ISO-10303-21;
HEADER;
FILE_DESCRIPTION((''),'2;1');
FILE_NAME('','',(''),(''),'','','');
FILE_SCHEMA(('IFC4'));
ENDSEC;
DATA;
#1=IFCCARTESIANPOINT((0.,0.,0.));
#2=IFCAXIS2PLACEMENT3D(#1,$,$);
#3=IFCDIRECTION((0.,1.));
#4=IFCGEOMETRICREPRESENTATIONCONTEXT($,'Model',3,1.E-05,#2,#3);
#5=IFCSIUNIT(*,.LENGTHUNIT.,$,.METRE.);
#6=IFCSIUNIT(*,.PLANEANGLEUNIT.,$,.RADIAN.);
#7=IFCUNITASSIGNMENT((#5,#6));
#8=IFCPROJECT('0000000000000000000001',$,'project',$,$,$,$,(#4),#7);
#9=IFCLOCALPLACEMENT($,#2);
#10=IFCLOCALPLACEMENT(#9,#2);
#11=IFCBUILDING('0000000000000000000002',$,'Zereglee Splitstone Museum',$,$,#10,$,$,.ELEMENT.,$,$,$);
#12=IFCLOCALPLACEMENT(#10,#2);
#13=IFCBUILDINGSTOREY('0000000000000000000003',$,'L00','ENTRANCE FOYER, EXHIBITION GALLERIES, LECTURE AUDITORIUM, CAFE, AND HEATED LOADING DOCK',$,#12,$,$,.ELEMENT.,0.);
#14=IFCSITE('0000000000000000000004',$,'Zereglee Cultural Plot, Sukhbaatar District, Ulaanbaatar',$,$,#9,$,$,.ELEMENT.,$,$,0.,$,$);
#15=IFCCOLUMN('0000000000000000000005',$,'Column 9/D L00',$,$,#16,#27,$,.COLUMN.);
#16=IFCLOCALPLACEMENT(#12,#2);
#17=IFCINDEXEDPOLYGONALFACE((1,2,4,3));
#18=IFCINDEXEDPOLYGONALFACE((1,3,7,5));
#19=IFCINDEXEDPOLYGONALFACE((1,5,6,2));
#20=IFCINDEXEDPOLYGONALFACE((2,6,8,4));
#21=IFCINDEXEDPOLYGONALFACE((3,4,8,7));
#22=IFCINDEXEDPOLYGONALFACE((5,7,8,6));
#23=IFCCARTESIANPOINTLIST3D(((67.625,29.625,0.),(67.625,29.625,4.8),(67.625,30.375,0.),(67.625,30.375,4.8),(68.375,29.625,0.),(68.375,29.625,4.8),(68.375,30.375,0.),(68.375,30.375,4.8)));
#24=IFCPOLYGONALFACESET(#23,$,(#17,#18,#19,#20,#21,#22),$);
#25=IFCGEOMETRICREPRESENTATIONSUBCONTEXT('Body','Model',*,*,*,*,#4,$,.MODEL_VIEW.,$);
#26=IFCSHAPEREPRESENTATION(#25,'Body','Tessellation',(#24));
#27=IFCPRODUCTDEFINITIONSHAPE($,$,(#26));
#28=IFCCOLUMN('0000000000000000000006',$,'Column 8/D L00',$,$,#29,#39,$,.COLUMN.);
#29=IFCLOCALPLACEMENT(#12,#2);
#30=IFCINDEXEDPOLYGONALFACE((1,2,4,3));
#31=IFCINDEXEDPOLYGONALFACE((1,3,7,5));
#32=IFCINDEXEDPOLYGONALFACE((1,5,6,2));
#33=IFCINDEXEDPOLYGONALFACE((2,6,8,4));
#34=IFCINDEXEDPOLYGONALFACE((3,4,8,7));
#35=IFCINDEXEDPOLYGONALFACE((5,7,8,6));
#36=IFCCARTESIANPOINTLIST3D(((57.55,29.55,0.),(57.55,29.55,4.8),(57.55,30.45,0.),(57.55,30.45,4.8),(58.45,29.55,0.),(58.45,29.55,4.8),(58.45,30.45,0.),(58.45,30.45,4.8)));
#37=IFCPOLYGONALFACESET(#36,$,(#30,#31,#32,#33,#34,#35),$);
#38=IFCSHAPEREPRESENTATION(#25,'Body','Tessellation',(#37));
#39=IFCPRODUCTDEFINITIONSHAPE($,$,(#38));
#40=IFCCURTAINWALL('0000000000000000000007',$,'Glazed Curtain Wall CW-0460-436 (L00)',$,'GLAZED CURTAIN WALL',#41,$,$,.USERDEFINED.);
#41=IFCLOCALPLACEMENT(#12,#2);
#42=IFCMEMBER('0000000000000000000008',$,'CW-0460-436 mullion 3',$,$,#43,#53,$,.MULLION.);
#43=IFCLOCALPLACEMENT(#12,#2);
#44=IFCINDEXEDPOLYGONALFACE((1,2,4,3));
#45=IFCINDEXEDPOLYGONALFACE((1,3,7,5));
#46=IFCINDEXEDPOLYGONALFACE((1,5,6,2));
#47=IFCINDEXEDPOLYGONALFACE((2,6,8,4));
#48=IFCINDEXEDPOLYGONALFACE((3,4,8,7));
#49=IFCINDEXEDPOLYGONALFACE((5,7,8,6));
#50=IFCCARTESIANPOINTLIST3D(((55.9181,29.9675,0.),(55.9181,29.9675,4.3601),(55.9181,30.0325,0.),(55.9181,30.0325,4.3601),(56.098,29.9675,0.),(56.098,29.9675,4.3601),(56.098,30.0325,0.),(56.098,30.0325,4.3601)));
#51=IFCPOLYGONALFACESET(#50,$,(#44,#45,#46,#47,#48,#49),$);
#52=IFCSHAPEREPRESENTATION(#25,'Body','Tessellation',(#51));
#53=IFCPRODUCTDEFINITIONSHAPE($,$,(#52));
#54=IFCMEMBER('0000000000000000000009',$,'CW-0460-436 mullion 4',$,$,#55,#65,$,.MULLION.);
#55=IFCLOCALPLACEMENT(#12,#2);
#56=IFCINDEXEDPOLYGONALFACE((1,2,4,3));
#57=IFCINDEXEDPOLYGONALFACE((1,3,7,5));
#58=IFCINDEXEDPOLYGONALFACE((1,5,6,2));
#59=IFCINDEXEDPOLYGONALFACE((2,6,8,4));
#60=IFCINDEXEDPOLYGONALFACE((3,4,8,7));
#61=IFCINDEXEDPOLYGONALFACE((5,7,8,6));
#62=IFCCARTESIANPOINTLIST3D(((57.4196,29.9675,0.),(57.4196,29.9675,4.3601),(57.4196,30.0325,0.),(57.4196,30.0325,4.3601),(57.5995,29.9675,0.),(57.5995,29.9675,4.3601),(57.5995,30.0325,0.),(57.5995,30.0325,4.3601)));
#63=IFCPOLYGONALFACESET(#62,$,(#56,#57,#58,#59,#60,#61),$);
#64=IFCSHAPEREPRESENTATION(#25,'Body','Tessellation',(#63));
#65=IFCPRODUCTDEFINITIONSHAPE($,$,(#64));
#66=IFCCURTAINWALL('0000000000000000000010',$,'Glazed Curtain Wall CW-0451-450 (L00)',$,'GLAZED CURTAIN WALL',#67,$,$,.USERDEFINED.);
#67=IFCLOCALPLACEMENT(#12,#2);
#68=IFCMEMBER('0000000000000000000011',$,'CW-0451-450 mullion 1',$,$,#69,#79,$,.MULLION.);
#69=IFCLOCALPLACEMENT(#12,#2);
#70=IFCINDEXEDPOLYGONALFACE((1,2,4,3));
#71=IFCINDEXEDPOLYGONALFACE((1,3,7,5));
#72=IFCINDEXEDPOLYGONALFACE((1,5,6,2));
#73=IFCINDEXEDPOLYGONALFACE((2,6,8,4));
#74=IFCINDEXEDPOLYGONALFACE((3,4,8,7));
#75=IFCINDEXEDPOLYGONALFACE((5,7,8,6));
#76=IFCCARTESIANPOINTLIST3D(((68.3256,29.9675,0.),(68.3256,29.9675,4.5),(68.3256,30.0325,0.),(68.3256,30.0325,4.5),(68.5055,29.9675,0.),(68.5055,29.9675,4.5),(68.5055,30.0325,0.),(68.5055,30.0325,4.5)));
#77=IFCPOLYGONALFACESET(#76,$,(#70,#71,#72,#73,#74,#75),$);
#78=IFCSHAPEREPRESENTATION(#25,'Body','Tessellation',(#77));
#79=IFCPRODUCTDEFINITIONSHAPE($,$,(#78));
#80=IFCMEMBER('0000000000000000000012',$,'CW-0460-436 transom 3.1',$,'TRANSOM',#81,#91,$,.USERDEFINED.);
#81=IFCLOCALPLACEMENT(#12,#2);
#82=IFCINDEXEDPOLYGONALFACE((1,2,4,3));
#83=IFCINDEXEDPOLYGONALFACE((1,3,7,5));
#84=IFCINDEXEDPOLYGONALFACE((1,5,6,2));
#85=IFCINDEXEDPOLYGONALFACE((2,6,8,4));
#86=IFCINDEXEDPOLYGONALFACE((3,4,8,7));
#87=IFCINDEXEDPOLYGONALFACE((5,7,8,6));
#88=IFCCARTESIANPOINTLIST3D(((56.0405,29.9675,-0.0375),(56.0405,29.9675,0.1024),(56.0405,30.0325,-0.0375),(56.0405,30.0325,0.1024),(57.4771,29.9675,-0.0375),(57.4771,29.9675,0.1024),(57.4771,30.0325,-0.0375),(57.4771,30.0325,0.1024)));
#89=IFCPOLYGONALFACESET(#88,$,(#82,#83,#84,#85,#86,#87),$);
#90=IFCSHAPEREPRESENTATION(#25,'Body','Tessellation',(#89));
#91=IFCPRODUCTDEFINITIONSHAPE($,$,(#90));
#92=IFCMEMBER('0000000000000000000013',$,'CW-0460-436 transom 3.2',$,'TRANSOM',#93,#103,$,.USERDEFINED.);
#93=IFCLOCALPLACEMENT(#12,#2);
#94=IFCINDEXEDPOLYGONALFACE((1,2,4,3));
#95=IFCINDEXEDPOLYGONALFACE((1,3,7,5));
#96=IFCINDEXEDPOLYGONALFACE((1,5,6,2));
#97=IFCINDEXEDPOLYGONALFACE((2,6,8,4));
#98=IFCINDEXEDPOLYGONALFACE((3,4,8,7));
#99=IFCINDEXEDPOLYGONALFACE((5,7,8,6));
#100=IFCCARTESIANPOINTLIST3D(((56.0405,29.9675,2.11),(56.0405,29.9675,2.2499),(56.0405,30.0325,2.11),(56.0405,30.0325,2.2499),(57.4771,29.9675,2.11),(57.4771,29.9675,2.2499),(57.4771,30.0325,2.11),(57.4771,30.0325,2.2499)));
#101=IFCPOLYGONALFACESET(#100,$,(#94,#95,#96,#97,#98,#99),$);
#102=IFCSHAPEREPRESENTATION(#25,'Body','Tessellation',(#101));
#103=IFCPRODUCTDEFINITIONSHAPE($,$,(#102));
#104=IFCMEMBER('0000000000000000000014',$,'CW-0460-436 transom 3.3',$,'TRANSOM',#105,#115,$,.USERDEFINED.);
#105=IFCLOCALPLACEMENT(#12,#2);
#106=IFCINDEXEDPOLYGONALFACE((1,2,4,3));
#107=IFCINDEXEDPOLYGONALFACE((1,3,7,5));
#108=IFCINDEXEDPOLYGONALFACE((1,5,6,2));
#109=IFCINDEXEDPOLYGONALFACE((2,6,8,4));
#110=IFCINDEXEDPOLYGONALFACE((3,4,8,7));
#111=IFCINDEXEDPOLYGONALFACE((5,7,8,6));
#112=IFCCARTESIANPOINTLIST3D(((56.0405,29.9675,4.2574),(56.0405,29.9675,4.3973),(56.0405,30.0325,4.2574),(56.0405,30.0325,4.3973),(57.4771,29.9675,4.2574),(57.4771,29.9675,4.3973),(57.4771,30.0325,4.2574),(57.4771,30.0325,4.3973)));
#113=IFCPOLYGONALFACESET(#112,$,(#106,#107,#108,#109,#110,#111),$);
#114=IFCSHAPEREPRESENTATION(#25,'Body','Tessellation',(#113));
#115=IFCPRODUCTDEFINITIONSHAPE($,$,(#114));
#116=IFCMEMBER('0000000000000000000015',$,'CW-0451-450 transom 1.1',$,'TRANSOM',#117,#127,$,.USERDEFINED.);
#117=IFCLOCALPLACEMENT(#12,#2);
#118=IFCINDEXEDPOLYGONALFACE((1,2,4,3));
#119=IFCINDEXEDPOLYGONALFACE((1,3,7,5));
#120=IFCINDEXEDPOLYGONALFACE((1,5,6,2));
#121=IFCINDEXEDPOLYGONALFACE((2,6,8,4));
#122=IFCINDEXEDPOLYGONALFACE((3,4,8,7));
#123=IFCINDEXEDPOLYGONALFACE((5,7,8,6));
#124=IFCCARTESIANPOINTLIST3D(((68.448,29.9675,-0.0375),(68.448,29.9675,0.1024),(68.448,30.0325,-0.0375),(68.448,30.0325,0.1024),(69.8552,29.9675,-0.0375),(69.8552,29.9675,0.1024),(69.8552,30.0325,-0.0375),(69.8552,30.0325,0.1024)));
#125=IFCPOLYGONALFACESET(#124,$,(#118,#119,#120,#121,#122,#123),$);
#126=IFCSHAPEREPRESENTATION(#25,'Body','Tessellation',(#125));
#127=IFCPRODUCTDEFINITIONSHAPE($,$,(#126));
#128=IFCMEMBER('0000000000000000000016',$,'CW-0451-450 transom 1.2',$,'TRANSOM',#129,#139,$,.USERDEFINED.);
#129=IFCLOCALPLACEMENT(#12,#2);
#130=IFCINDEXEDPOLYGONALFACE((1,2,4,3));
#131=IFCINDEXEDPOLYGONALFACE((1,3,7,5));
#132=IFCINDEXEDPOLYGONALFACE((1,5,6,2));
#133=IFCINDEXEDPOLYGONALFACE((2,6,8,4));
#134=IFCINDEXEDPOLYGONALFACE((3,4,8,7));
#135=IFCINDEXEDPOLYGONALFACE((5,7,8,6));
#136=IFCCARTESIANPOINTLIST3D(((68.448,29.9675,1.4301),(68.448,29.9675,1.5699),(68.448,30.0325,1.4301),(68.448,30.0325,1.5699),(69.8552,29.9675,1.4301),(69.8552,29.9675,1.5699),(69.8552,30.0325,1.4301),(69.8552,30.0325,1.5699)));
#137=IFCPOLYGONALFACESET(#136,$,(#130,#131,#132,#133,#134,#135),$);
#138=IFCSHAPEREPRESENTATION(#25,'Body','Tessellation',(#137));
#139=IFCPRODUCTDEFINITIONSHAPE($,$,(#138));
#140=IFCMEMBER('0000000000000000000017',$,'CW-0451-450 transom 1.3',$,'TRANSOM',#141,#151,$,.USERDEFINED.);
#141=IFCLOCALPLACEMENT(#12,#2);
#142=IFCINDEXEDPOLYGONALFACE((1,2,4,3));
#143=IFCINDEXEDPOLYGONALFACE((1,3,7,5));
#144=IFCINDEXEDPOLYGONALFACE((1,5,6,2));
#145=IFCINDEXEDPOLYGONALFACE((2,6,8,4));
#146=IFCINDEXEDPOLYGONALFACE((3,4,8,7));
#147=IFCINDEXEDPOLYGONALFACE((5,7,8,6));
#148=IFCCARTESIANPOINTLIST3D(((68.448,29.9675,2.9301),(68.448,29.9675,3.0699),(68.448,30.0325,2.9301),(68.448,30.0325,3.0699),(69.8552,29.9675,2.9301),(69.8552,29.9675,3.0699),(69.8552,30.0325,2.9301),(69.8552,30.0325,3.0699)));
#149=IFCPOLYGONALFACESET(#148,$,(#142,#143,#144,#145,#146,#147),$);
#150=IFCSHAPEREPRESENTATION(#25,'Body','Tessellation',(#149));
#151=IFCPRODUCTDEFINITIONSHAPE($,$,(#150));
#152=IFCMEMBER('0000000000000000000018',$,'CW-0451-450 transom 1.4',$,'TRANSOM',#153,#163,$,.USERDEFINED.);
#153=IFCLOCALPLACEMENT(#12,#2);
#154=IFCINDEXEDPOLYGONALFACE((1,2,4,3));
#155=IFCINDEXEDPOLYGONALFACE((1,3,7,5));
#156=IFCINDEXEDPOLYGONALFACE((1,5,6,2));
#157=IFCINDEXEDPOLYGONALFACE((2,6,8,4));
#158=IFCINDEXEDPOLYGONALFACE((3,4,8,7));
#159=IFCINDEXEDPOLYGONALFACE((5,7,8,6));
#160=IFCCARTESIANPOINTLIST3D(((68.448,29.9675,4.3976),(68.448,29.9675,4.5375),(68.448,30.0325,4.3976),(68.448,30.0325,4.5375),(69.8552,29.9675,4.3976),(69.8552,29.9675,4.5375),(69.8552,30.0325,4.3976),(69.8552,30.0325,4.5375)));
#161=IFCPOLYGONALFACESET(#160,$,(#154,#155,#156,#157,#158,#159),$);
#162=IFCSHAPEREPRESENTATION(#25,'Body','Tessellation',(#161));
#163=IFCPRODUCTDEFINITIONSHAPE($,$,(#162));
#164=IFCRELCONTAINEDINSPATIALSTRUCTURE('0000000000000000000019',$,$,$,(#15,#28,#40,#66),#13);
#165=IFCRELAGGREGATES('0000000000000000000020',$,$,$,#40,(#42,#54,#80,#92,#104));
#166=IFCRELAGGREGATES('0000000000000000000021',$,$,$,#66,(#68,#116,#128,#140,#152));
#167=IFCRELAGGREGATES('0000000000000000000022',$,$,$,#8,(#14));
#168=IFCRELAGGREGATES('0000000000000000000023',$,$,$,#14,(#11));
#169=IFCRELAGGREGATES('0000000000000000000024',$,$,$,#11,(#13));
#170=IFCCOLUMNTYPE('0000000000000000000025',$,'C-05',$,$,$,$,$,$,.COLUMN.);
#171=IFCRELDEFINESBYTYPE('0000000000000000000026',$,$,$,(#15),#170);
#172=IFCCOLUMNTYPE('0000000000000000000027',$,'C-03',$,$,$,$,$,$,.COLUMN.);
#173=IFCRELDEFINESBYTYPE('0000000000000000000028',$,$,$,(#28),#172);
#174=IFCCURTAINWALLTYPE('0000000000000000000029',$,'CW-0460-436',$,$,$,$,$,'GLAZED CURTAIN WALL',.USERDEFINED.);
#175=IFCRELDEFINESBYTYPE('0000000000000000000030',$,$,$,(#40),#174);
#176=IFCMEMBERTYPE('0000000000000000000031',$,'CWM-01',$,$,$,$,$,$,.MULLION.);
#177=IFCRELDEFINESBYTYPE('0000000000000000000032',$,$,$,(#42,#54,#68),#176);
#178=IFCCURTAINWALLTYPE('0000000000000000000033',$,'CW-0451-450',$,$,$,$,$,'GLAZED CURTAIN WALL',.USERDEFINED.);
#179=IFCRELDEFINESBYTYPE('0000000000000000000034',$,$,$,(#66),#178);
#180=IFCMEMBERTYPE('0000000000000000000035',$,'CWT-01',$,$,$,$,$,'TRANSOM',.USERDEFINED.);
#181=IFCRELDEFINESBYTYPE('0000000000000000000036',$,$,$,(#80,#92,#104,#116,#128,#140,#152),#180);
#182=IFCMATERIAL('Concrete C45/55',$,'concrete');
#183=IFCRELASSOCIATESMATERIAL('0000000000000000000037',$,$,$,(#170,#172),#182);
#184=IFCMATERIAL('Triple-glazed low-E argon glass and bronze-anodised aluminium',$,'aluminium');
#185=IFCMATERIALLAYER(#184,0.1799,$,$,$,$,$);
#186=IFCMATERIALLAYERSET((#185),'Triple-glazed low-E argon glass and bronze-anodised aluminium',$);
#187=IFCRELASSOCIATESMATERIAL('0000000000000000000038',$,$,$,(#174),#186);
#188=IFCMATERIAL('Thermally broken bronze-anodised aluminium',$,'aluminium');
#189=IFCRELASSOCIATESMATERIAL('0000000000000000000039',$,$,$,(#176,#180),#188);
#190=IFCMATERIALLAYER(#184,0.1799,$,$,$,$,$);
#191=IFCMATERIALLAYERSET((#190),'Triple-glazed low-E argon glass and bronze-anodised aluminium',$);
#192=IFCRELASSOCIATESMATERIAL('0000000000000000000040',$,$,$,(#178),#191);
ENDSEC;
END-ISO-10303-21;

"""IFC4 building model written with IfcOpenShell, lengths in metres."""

from ifc_helpers import new_model, si_unit, direction, frame, origin, origin_2d, place, context, subcontext, project, spatial, rectangle, extrude, material, layer, layer_set, material_profile, profile_set, type_object, element, aggregate, save


model = new_model("IFC4")

# Units and contexts
model_context = context("Model", 3, precision=1e-05, world=origin(), true_north=direction((0.0, 1.0)))
body_context = subcontext(model_context, "Body", "Model", "MODEL_VIEW")
ifc_project = project(units=[si_unit("LENGTHUNIT", "METRE"), si_unit("PLANEANGLEUNIT", "RADIAN")], contexts=[model_context])

# Site, building, storey
site_placement = place(None, origin())
site = spatial("IfcSite", under=ifc_project, at=site_placement, Name="Zereglee Cultural Plot, Sukhbaatar District, Ulaanbaatar", CompositionType="ELEMENT", RefElevation=0.0)
building_placement = place(site_placement, origin())
building = spatial("IfcBuilding", under=site, at=building_placement, Name="Zereglee Splitstone Museum", CompositionType="ELEMENT")
storey_placement = place(building_placement, origin())
storey = spatial("IfcBuildingStorey", under=building, at=storey_placement, Name="L00", Description="ENTRANCE FOYER, EXHIBITION GALLERIES, LECTURE AUDITORIUM, CAFE, AND HEATED LOADING DOCK", CompositionType="ELEMENT", Elevation=0.0)

# Columns
ifc_material_1 = material(Name="Concrete C45/55", Category="concrete")
ifc_material_profile_1 = material_profile(ifc_material_1, rectangle(XDim=0.75, YDim=0.75, at=origin_2d()), Name="RC 750x750")
ifc_profile_set_1 = profile_set([ifc_material_profile_1], Name="Concrete C45/55")
column_type_1 = type_object("IfcColumnType", Name="C-05", PredefinedType="COLUMN", material=ifc_profile_set_1)
column_1_placement = place(storey_placement, frame((68.0, 30.0, 0.0), z_axis=(0.0, 0.0, 1.0), x_axis=(1.0, 0.0, 0.0)))
element("IfcColumn", 1, at=column_1_placement, inside=storey, type_object=column_type_1, Name="Column 9/D L00", PredefinedType="COLUMN", context=body_context, shape_type="SweptSolid", body=[
    extrude(rectangle(XDim=0.75, YDim=0.75, at=origin_2d()), origin(), (0.0, 0.0, 1.0), 4.8),
])
ifc_material_profile_2 = material_profile(ifc_material_1, rectangle(XDim=0.8999, YDim=0.8999, at=origin_2d()), Name="RC 900x900")
ifc_profile_set_2 = profile_set([ifc_material_profile_2], Name="Concrete C45/55")
column_type_2 = type_object("IfcColumnType", Name="C-03", PredefinedType="COLUMN", material=ifc_profile_set_2)
column_2_placement = place(storey_placement, frame((58.0, 30.0, 0.0), z_axis=(0.0, 0.0, 1.0), x_axis=(1.0, 0.0, 0.0)))
element("IfcColumn", 2, at=column_2_placement, inside=storey, type_object=column_type_2, Name="Column 8/D L00", PredefinedType="COLUMN", context=body_context, shape_type="SweptSolid", body=[
    extrude(rectangle(XDim=0.8999, YDim=0.8999, at=origin_2d()), origin(), (0.0, 0.0, 1.0), 4.8),
])

# Curtain wall, members
ifc_material_2 = material(Name="Triple-glazed low-E argon glass and bronze-anodised aluminium", Category="aluminium")
ifc_layer_1 = layer(ifc_material_2, 0.1799)
ifc_layer_set_1 = layer_set([ifc_layer_1], Name="Triple-glazed low-E argon glass and bronze-anodised aluminium")
curtain_wall_type_1 = type_object("IfcCurtainWallType", Name="CW-0460-436", ElementType="GLAZED CURTAIN WALL", PredefinedType="USERDEFINED", material=ifc_layer_set_1)
curtain_wall_1_placement = place(storey_placement, origin())
curtain_wall_1 = element("IfcCurtainWall", 3, at=curtain_wall_1_placement, inside=storey, type_object=curtain_wall_type_1, Name="Glazed Curtain Wall CW-0460-436 (L00)", ObjectType="GLAZED CURTAIN WALL", PredefinedType="USERDEFINED")
ifc_material_3 = material(Name="Thermally broken bronze-anodised aluminium", Category="aluminium")
ifc_material_profile_3 = material_profile(ifc_material_3, rectangle(XDim=0.0649, YDim=0.1799, at=origin_2d()), Name="CW MULL 65x180")
ifc_profile_set_3 = profile_set([ifc_material_profile_3], Name="Thermally broken bronze-anodised aluminium")
member_type_1 = type_object("IfcMemberType", Name="CWM-01", PredefinedType="MULLION", material=ifc_profile_set_3)
member_1_placement = place(storey_placement, frame((56.0081, 30.0, 0.0), z_axis=(0.0, 0.0, 1.0), x_axis=(0.0, 1.0, 0.0)))
member_1 = element("IfcMember", 4, at=member_1_placement, type_object=member_type_1, Name="CW-0460-436 mullion 3", PredefinedType="MULLION", context=body_context, shape_type="SweptSolid", body=[
    extrude(rectangle(XDim=0.0649, YDim=0.1799, at=origin_2d()), origin(), (0.0, 0.0, 1.0), 4.3601),
])
member_2_placement = place(storey_placement, frame((57.5095, 30.0, 0.0), z_axis=(0.0, 0.0, 1.0), x_axis=(0.0, 1.0, 0.0)))
member_2 = element("IfcMember", 5, at=member_2_placement, type_object=member_type_1, Name="CW-0460-436 mullion 4", PredefinedType="MULLION", context=body_context, shape_type="SweptSolid", body=[
    extrude(rectangle(XDim=0.0649, YDim=0.1799, at=origin_2d()), origin(), (0.0, 0.0, 1.0), 4.3601),
])

# Curtain wall, member
ifc_layer_2 = layer(ifc_material_2, 0.1799)
ifc_layer_set_2 = layer_set([ifc_layer_2], Name="Triple-glazed low-E argon glass and bronze-anodised aluminium")
curtain_wall_type_2 = type_object("IfcCurtainWallType", Name="CW-0451-450", ElementType="GLAZED CURTAIN WALL", PredefinedType="USERDEFINED", material=ifc_layer_set_2)
curtain_wall_2_placement = place(storey_placement, origin())
curtain_wall_2 = element("IfcCurtainWall", 6, at=curtain_wall_2_placement, inside=storey, type_object=curtain_wall_type_2, Name="Glazed Curtain Wall CW-0451-450 (L00)", ObjectType="GLAZED CURTAIN WALL", PredefinedType="USERDEFINED")
member_3_placement = place(storey_placement, frame((68.4155, 30.0, 0.0), z_axis=(0.0, 0.0, 1.0), x_axis=(0.0, 1.0, 0.0)))
member_3 = element("IfcMember", 7, at=member_3_placement, type_object=member_type_1, Name="CW-0451-450 mullion 1", PredefinedType="MULLION", context=body_context, shape_type="SweptSolid", body=[
    extrude(rectangle(XDim=0.0649, YDim=0.1799, at=origin_2d()), origin(), (0.0, 0.0, 1.0), 4.5),
])

# Members
ifc_material_profile_4 = material_profile(ifc_material_3, rectangle(XDim=0.0649, YDim=0.1399, at=origin_2d()), Name="CW TRAN 65x140")
ifc_profile_set_4 = profile_set([ifc_material_profile_4], Name="Thermally broken bronze-anodised aluminium")
member_type_2 = type_object("IfcMemberType", Name="CWT-01", ElementType="TRANSOM", PredefinedType="USERDEFINED", material=ifc_profile_set_4)
member_4_placement = place(storey_placement, frame((56.0405, 30.0, 0.0325), z_axis=(1.0, 0.0, 0.0), x_axis=(0.0, 1.0, 0.0)))
member_4 = element("IfcMember", 8, at=member_4_placement, type_object=member_type_2, Name="CW-0460-436 transom 3.1", ObjectType="TRANSOM", PredefinedType="USERDEFINED", context=body_context, shape_type="SweptSolid", body=[
    extrude(rectangle(XDim=0.0649, YDim=0.1399, at=origin_2d()), origin(), (0.0, 0.0, 1.0), 1.4365),
])
member_5_placement = place(storey_placement, frame((56.0405, 30.0, 2.1799), z_axis=(1.0, 0.0, 0.0), x_axis=(0.0, 1.0, 0.0)))
member_5 = element("IfcMember", 9, at=member_5_placement, type_object=member_type_2, Name="CW-0460-436 transom 3.2", ObjectType="TRANSOM", PredefinedType="USERDEFINED", context=body_context, shape_type="SweptSolid", body=[
    extrude(rectangle(XDim=0.0649, YDim=0.1399, at=origin_2d()), origin(), (0.0, 0.0, 1.0), 1.4365),
])
member_6_placement = place(storey_placement, frame((56.0405, 30.0, 4.3274), z_axis=(1.0, 0.0, 0.0), x_axis=(0.0, 1.0, 0.0)))
member_6 = element("IfcMember", 10, at=member_6_placement, type_object=member_type_2, Name="CW-0460-436 transom 3.3", ObjectType="TRANSOM", PredefinedType="USERDEFINED", context=body_context, shape_type="SweptSolid", body=[
    extrude(rectangle(XDim=0.0649, YDim=0.1399, at=origin_2d()), origin(), (0.0, 0.0, 1.0), 1.4365),
])
member_7_placement = place(storey_placement, frame((68.448, 30.0, 0.0325), z_axis=(1.0, 0.0, 0.0), x_axis=(0.0, 1.0, 0.0)))
member_7 = element("IfcMember", 11, at=member_7_placement, type_object=member_type_2, Name="CW-0451-450 transom 1.1", ObjectType="TRANSOM", PredefinedType="USERDEFINED", context=body_context, shape_type="SweptSolid", body=[
    extrude(rectangle(XDim=0.0649, YDim=0.1399, at=origin_2d()), origin(), (0.0, 0.0, 1.0), 1.4072),
])
member_8_placement = place(storey_placement, frame((68.448, 30.0, 1.5), z_axis=(1.0, 0.0, 0.0), x_axis=(0.0, 1.0, 0.0)))
member_8 = element("IfcMember", 12, at=member_8_placement, type_object=member_type_2, Name="CW-0451-450 transom 1.2", ObjectType="TRANSOM", PredefinedType="USERDEFINED", context=body_context, shape_type="SweptSolid", body=[
    extrude(rectangle(XDim=0.0649, YDim=0.1399, at=origin_2d()), origin(), (0.0, 0.0, 1.0), 1.4072),
])
member_9_placement = place(storey_placement, frame((68.448, 30.0, 3.0), z_axis=(1.0, 0.0, 0.0), x_axis=(0.0, 1.0, 0.0)))
member_9 = element("IfcMember", 13, at=member_9_placement, type_object=member_type_2, Name="CW-0451-450 transom 1.3", ObjectType="TRANSOM", PredefinedType="USERDEFINED", context=body_context, shape_type="SweptSolid", body=[
    extrude(rectangle(XDim=0.0649, YDim=0.1399, at=origin_2d()), origin(), (0.0, 0.0, 1.0), 1.4072),
])
member_10_placement = place(storey_placement, frame((68.448, 30.0, 4.4675), z_axis=(1.0, 0.0, 0.0), x_axis=(0.0, 1.0, 0.0)))
member_10 = element("IfcMember", 14, at=member_10_placement, type_object=member_type_2, Name="CW-0451-450 transom 1.4", ObjectType="TRANSOM", PredefinedType="USERDEFINED", context=body_context, shape_type="SweptSolid", body=[
    extrude(rectangle(XDim=0.0649, YDim=0.1399, at=origin_2d()), origin(), (0.0, 0.0, 1.0), 1.4072),
])

aggregate(curtain_wall_1, [member_1, member_2, member_4, member_5, member_6])
aggregate(curtain_wall_2, [member_3, member_7, member_8, member_9, member_10])

save(model, "model.ifc")
